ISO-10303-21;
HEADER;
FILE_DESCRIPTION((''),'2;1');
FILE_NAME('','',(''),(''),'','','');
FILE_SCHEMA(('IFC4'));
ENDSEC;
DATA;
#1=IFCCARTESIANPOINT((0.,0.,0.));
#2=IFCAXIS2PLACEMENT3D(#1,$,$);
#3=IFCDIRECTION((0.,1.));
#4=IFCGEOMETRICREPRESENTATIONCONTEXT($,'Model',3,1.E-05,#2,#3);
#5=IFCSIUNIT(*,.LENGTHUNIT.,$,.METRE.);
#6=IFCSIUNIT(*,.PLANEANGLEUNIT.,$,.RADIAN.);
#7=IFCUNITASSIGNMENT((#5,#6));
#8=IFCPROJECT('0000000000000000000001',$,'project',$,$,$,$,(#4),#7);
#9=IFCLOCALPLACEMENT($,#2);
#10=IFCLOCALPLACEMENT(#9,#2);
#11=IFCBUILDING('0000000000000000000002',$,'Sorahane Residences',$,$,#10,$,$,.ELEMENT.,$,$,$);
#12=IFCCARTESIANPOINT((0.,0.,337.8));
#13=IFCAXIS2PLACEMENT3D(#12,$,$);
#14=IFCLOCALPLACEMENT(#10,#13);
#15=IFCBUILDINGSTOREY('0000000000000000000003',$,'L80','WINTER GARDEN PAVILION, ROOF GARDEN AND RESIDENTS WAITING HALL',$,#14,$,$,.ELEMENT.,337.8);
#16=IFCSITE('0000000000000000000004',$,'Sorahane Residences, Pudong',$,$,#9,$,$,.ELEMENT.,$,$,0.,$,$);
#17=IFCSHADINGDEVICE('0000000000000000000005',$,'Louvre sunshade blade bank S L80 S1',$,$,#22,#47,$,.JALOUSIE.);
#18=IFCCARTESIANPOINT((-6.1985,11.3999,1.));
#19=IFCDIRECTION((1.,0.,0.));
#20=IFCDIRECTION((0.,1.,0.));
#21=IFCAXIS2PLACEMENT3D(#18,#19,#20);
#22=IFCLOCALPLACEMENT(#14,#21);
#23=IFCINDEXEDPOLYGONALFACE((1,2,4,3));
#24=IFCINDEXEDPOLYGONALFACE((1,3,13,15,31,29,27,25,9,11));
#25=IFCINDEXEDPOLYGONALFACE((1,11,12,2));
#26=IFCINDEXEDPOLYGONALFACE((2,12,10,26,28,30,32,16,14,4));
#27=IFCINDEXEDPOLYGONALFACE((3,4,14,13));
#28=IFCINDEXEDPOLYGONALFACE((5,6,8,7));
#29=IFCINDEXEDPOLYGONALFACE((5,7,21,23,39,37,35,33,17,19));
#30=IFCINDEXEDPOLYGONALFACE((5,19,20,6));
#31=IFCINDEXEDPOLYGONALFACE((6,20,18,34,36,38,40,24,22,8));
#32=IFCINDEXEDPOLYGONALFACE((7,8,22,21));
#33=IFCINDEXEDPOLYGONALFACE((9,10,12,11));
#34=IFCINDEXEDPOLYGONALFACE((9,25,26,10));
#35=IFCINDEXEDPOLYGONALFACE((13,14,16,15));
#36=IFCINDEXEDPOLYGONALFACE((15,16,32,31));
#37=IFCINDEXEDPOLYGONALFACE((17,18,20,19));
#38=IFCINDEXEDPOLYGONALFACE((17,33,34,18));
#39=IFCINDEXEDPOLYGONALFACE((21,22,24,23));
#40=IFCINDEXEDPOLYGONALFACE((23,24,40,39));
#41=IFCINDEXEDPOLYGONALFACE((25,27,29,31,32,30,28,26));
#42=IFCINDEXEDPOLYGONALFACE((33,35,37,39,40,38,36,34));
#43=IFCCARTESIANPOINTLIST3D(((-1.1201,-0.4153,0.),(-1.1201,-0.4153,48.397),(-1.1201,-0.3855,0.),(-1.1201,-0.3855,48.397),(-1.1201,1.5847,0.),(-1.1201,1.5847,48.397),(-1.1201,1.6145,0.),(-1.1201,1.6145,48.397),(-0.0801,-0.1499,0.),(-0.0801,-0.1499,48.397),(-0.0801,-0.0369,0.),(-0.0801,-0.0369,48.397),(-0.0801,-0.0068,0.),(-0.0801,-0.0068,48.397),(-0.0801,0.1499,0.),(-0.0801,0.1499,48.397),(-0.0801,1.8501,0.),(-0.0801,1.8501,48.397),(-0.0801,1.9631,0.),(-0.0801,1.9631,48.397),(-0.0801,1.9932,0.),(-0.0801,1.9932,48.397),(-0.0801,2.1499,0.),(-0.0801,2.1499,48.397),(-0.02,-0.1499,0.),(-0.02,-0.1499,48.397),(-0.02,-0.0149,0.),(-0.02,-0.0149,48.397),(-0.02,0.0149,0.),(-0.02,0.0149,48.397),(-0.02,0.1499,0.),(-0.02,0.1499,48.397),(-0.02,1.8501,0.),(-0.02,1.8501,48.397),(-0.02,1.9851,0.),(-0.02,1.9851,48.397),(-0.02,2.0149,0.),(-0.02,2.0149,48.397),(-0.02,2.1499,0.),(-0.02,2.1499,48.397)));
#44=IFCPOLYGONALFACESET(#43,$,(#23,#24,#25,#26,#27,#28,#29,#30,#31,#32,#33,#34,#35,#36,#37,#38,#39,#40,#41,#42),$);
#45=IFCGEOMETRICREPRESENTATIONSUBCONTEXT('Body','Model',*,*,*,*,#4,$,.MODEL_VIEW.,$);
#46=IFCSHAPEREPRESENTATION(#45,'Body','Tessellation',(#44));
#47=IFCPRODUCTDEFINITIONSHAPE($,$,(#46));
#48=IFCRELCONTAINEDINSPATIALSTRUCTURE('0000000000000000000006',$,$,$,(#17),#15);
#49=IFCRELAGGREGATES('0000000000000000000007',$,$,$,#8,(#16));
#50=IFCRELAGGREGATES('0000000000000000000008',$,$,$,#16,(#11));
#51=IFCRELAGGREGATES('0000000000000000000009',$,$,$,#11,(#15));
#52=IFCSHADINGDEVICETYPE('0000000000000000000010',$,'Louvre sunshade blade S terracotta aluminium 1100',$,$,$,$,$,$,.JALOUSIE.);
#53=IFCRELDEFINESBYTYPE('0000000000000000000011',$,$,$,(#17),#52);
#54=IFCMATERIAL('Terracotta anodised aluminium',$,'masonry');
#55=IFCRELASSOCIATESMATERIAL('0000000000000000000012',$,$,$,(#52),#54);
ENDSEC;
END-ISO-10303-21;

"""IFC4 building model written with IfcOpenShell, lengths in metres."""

from ifc_helpers import new_model, si_unit, direction, frame, origin, place, context, subcontext, project, spatial, polyline, outline, composite_profile, extrude, material, type_object, element, save


model = new_model("IFC4")

# Units and contexts
model_context = context("Model", 3, precision=1e-05, world=origin(), true_north=direction((0.0, 1.0)))
body_context = subcontext(model_context, "Body", "Model", "MODEL_VIEW")
ifc_project = project(units=[si_unit("LENGTHUNIT", "METRE"), si_unit("PLANEANGLEUNIT", "RADIAN")], contexts=[model_context])

# Site, building, storey
site_placement = place(None, origin())
site = spatial("IfcSite", under=ifc_project, at=site_placement, Name="Sorahane Residences, Pudong", CompositionType="ELEMENT", RefElevation=0.0)
building_placement = place(site_placement, origin())
building = spatial("IfcBuilding", under=site, at=building_placement, Name="Sorahane Residences", CompositionType="ELEMENT")
storey_placement = place(building_placement, frame((0.0, 0.0, 337.8)))
storey = spatial("IfcBuildingStorey", under=building, at=storey_placement, Name="L80", Description="WINTER GARDEN PAVILION, ROOF GARDEN AND RESIDENTS WAITING HALL", CompositionType="ELEMENT", Elevation=337.8)

# Shading device
ifc_material_1 = material(Name="Terracotta anodised aluminium", Category="masonry")
shading_device_type = type_object("IfcShadingDeviceType", Name="Louvre sunshade blade S terracotta aluminium 1100", PredefinedType="JALOUSIE", material=ifc_material_1)
shading_device_placement = place(storey_placement, frame((-6.1985, 11.3999, 1.0), z_axis=(1.0, 0.0, 0.0), x_axis=(0.0, 1.0, 0.0)))
element("IfcShadingDevice", 1, at=shading_device_placement, inside=storey, type_object=shading_device_type, Name="Louvre sunshade blade bank S L80 S1", PredefinedType="JALOUSIE", context=body_context, shape_type="SweptSolid", body=[
    extrude(composite_profile([outline(polyline([(-1.1201, -0.3855), (-1.1201, -0.4153), (-0.0801, -0.0369), (-0.0801, -0.1499), (-0.02, -0.1499), (-0.02, -0.0149), (-0.02, 0.0149), (-0.02, 0.1499), (-0.0801, 0.1499), (-0.0801, -0.0068), (-1.1201, -0.3855)])), outline(polyline([(-1.1201, 1.6145), (-1.1201, 1.5847), (-0.0801, 1.9631), (-0.0801, 1.8501), (-0.02, 1.8501), (-0.02, 1.9851), (-0.02, 2.0149), (-0.02, 2.1499), (-0.0801, 2.1499), (-0.0801, 1.9932), (-1.1201, 1.6145)]))]), origin(), (0.0, 0.0, 1.0), 48.397),
])

save(model, "model.ifc")
